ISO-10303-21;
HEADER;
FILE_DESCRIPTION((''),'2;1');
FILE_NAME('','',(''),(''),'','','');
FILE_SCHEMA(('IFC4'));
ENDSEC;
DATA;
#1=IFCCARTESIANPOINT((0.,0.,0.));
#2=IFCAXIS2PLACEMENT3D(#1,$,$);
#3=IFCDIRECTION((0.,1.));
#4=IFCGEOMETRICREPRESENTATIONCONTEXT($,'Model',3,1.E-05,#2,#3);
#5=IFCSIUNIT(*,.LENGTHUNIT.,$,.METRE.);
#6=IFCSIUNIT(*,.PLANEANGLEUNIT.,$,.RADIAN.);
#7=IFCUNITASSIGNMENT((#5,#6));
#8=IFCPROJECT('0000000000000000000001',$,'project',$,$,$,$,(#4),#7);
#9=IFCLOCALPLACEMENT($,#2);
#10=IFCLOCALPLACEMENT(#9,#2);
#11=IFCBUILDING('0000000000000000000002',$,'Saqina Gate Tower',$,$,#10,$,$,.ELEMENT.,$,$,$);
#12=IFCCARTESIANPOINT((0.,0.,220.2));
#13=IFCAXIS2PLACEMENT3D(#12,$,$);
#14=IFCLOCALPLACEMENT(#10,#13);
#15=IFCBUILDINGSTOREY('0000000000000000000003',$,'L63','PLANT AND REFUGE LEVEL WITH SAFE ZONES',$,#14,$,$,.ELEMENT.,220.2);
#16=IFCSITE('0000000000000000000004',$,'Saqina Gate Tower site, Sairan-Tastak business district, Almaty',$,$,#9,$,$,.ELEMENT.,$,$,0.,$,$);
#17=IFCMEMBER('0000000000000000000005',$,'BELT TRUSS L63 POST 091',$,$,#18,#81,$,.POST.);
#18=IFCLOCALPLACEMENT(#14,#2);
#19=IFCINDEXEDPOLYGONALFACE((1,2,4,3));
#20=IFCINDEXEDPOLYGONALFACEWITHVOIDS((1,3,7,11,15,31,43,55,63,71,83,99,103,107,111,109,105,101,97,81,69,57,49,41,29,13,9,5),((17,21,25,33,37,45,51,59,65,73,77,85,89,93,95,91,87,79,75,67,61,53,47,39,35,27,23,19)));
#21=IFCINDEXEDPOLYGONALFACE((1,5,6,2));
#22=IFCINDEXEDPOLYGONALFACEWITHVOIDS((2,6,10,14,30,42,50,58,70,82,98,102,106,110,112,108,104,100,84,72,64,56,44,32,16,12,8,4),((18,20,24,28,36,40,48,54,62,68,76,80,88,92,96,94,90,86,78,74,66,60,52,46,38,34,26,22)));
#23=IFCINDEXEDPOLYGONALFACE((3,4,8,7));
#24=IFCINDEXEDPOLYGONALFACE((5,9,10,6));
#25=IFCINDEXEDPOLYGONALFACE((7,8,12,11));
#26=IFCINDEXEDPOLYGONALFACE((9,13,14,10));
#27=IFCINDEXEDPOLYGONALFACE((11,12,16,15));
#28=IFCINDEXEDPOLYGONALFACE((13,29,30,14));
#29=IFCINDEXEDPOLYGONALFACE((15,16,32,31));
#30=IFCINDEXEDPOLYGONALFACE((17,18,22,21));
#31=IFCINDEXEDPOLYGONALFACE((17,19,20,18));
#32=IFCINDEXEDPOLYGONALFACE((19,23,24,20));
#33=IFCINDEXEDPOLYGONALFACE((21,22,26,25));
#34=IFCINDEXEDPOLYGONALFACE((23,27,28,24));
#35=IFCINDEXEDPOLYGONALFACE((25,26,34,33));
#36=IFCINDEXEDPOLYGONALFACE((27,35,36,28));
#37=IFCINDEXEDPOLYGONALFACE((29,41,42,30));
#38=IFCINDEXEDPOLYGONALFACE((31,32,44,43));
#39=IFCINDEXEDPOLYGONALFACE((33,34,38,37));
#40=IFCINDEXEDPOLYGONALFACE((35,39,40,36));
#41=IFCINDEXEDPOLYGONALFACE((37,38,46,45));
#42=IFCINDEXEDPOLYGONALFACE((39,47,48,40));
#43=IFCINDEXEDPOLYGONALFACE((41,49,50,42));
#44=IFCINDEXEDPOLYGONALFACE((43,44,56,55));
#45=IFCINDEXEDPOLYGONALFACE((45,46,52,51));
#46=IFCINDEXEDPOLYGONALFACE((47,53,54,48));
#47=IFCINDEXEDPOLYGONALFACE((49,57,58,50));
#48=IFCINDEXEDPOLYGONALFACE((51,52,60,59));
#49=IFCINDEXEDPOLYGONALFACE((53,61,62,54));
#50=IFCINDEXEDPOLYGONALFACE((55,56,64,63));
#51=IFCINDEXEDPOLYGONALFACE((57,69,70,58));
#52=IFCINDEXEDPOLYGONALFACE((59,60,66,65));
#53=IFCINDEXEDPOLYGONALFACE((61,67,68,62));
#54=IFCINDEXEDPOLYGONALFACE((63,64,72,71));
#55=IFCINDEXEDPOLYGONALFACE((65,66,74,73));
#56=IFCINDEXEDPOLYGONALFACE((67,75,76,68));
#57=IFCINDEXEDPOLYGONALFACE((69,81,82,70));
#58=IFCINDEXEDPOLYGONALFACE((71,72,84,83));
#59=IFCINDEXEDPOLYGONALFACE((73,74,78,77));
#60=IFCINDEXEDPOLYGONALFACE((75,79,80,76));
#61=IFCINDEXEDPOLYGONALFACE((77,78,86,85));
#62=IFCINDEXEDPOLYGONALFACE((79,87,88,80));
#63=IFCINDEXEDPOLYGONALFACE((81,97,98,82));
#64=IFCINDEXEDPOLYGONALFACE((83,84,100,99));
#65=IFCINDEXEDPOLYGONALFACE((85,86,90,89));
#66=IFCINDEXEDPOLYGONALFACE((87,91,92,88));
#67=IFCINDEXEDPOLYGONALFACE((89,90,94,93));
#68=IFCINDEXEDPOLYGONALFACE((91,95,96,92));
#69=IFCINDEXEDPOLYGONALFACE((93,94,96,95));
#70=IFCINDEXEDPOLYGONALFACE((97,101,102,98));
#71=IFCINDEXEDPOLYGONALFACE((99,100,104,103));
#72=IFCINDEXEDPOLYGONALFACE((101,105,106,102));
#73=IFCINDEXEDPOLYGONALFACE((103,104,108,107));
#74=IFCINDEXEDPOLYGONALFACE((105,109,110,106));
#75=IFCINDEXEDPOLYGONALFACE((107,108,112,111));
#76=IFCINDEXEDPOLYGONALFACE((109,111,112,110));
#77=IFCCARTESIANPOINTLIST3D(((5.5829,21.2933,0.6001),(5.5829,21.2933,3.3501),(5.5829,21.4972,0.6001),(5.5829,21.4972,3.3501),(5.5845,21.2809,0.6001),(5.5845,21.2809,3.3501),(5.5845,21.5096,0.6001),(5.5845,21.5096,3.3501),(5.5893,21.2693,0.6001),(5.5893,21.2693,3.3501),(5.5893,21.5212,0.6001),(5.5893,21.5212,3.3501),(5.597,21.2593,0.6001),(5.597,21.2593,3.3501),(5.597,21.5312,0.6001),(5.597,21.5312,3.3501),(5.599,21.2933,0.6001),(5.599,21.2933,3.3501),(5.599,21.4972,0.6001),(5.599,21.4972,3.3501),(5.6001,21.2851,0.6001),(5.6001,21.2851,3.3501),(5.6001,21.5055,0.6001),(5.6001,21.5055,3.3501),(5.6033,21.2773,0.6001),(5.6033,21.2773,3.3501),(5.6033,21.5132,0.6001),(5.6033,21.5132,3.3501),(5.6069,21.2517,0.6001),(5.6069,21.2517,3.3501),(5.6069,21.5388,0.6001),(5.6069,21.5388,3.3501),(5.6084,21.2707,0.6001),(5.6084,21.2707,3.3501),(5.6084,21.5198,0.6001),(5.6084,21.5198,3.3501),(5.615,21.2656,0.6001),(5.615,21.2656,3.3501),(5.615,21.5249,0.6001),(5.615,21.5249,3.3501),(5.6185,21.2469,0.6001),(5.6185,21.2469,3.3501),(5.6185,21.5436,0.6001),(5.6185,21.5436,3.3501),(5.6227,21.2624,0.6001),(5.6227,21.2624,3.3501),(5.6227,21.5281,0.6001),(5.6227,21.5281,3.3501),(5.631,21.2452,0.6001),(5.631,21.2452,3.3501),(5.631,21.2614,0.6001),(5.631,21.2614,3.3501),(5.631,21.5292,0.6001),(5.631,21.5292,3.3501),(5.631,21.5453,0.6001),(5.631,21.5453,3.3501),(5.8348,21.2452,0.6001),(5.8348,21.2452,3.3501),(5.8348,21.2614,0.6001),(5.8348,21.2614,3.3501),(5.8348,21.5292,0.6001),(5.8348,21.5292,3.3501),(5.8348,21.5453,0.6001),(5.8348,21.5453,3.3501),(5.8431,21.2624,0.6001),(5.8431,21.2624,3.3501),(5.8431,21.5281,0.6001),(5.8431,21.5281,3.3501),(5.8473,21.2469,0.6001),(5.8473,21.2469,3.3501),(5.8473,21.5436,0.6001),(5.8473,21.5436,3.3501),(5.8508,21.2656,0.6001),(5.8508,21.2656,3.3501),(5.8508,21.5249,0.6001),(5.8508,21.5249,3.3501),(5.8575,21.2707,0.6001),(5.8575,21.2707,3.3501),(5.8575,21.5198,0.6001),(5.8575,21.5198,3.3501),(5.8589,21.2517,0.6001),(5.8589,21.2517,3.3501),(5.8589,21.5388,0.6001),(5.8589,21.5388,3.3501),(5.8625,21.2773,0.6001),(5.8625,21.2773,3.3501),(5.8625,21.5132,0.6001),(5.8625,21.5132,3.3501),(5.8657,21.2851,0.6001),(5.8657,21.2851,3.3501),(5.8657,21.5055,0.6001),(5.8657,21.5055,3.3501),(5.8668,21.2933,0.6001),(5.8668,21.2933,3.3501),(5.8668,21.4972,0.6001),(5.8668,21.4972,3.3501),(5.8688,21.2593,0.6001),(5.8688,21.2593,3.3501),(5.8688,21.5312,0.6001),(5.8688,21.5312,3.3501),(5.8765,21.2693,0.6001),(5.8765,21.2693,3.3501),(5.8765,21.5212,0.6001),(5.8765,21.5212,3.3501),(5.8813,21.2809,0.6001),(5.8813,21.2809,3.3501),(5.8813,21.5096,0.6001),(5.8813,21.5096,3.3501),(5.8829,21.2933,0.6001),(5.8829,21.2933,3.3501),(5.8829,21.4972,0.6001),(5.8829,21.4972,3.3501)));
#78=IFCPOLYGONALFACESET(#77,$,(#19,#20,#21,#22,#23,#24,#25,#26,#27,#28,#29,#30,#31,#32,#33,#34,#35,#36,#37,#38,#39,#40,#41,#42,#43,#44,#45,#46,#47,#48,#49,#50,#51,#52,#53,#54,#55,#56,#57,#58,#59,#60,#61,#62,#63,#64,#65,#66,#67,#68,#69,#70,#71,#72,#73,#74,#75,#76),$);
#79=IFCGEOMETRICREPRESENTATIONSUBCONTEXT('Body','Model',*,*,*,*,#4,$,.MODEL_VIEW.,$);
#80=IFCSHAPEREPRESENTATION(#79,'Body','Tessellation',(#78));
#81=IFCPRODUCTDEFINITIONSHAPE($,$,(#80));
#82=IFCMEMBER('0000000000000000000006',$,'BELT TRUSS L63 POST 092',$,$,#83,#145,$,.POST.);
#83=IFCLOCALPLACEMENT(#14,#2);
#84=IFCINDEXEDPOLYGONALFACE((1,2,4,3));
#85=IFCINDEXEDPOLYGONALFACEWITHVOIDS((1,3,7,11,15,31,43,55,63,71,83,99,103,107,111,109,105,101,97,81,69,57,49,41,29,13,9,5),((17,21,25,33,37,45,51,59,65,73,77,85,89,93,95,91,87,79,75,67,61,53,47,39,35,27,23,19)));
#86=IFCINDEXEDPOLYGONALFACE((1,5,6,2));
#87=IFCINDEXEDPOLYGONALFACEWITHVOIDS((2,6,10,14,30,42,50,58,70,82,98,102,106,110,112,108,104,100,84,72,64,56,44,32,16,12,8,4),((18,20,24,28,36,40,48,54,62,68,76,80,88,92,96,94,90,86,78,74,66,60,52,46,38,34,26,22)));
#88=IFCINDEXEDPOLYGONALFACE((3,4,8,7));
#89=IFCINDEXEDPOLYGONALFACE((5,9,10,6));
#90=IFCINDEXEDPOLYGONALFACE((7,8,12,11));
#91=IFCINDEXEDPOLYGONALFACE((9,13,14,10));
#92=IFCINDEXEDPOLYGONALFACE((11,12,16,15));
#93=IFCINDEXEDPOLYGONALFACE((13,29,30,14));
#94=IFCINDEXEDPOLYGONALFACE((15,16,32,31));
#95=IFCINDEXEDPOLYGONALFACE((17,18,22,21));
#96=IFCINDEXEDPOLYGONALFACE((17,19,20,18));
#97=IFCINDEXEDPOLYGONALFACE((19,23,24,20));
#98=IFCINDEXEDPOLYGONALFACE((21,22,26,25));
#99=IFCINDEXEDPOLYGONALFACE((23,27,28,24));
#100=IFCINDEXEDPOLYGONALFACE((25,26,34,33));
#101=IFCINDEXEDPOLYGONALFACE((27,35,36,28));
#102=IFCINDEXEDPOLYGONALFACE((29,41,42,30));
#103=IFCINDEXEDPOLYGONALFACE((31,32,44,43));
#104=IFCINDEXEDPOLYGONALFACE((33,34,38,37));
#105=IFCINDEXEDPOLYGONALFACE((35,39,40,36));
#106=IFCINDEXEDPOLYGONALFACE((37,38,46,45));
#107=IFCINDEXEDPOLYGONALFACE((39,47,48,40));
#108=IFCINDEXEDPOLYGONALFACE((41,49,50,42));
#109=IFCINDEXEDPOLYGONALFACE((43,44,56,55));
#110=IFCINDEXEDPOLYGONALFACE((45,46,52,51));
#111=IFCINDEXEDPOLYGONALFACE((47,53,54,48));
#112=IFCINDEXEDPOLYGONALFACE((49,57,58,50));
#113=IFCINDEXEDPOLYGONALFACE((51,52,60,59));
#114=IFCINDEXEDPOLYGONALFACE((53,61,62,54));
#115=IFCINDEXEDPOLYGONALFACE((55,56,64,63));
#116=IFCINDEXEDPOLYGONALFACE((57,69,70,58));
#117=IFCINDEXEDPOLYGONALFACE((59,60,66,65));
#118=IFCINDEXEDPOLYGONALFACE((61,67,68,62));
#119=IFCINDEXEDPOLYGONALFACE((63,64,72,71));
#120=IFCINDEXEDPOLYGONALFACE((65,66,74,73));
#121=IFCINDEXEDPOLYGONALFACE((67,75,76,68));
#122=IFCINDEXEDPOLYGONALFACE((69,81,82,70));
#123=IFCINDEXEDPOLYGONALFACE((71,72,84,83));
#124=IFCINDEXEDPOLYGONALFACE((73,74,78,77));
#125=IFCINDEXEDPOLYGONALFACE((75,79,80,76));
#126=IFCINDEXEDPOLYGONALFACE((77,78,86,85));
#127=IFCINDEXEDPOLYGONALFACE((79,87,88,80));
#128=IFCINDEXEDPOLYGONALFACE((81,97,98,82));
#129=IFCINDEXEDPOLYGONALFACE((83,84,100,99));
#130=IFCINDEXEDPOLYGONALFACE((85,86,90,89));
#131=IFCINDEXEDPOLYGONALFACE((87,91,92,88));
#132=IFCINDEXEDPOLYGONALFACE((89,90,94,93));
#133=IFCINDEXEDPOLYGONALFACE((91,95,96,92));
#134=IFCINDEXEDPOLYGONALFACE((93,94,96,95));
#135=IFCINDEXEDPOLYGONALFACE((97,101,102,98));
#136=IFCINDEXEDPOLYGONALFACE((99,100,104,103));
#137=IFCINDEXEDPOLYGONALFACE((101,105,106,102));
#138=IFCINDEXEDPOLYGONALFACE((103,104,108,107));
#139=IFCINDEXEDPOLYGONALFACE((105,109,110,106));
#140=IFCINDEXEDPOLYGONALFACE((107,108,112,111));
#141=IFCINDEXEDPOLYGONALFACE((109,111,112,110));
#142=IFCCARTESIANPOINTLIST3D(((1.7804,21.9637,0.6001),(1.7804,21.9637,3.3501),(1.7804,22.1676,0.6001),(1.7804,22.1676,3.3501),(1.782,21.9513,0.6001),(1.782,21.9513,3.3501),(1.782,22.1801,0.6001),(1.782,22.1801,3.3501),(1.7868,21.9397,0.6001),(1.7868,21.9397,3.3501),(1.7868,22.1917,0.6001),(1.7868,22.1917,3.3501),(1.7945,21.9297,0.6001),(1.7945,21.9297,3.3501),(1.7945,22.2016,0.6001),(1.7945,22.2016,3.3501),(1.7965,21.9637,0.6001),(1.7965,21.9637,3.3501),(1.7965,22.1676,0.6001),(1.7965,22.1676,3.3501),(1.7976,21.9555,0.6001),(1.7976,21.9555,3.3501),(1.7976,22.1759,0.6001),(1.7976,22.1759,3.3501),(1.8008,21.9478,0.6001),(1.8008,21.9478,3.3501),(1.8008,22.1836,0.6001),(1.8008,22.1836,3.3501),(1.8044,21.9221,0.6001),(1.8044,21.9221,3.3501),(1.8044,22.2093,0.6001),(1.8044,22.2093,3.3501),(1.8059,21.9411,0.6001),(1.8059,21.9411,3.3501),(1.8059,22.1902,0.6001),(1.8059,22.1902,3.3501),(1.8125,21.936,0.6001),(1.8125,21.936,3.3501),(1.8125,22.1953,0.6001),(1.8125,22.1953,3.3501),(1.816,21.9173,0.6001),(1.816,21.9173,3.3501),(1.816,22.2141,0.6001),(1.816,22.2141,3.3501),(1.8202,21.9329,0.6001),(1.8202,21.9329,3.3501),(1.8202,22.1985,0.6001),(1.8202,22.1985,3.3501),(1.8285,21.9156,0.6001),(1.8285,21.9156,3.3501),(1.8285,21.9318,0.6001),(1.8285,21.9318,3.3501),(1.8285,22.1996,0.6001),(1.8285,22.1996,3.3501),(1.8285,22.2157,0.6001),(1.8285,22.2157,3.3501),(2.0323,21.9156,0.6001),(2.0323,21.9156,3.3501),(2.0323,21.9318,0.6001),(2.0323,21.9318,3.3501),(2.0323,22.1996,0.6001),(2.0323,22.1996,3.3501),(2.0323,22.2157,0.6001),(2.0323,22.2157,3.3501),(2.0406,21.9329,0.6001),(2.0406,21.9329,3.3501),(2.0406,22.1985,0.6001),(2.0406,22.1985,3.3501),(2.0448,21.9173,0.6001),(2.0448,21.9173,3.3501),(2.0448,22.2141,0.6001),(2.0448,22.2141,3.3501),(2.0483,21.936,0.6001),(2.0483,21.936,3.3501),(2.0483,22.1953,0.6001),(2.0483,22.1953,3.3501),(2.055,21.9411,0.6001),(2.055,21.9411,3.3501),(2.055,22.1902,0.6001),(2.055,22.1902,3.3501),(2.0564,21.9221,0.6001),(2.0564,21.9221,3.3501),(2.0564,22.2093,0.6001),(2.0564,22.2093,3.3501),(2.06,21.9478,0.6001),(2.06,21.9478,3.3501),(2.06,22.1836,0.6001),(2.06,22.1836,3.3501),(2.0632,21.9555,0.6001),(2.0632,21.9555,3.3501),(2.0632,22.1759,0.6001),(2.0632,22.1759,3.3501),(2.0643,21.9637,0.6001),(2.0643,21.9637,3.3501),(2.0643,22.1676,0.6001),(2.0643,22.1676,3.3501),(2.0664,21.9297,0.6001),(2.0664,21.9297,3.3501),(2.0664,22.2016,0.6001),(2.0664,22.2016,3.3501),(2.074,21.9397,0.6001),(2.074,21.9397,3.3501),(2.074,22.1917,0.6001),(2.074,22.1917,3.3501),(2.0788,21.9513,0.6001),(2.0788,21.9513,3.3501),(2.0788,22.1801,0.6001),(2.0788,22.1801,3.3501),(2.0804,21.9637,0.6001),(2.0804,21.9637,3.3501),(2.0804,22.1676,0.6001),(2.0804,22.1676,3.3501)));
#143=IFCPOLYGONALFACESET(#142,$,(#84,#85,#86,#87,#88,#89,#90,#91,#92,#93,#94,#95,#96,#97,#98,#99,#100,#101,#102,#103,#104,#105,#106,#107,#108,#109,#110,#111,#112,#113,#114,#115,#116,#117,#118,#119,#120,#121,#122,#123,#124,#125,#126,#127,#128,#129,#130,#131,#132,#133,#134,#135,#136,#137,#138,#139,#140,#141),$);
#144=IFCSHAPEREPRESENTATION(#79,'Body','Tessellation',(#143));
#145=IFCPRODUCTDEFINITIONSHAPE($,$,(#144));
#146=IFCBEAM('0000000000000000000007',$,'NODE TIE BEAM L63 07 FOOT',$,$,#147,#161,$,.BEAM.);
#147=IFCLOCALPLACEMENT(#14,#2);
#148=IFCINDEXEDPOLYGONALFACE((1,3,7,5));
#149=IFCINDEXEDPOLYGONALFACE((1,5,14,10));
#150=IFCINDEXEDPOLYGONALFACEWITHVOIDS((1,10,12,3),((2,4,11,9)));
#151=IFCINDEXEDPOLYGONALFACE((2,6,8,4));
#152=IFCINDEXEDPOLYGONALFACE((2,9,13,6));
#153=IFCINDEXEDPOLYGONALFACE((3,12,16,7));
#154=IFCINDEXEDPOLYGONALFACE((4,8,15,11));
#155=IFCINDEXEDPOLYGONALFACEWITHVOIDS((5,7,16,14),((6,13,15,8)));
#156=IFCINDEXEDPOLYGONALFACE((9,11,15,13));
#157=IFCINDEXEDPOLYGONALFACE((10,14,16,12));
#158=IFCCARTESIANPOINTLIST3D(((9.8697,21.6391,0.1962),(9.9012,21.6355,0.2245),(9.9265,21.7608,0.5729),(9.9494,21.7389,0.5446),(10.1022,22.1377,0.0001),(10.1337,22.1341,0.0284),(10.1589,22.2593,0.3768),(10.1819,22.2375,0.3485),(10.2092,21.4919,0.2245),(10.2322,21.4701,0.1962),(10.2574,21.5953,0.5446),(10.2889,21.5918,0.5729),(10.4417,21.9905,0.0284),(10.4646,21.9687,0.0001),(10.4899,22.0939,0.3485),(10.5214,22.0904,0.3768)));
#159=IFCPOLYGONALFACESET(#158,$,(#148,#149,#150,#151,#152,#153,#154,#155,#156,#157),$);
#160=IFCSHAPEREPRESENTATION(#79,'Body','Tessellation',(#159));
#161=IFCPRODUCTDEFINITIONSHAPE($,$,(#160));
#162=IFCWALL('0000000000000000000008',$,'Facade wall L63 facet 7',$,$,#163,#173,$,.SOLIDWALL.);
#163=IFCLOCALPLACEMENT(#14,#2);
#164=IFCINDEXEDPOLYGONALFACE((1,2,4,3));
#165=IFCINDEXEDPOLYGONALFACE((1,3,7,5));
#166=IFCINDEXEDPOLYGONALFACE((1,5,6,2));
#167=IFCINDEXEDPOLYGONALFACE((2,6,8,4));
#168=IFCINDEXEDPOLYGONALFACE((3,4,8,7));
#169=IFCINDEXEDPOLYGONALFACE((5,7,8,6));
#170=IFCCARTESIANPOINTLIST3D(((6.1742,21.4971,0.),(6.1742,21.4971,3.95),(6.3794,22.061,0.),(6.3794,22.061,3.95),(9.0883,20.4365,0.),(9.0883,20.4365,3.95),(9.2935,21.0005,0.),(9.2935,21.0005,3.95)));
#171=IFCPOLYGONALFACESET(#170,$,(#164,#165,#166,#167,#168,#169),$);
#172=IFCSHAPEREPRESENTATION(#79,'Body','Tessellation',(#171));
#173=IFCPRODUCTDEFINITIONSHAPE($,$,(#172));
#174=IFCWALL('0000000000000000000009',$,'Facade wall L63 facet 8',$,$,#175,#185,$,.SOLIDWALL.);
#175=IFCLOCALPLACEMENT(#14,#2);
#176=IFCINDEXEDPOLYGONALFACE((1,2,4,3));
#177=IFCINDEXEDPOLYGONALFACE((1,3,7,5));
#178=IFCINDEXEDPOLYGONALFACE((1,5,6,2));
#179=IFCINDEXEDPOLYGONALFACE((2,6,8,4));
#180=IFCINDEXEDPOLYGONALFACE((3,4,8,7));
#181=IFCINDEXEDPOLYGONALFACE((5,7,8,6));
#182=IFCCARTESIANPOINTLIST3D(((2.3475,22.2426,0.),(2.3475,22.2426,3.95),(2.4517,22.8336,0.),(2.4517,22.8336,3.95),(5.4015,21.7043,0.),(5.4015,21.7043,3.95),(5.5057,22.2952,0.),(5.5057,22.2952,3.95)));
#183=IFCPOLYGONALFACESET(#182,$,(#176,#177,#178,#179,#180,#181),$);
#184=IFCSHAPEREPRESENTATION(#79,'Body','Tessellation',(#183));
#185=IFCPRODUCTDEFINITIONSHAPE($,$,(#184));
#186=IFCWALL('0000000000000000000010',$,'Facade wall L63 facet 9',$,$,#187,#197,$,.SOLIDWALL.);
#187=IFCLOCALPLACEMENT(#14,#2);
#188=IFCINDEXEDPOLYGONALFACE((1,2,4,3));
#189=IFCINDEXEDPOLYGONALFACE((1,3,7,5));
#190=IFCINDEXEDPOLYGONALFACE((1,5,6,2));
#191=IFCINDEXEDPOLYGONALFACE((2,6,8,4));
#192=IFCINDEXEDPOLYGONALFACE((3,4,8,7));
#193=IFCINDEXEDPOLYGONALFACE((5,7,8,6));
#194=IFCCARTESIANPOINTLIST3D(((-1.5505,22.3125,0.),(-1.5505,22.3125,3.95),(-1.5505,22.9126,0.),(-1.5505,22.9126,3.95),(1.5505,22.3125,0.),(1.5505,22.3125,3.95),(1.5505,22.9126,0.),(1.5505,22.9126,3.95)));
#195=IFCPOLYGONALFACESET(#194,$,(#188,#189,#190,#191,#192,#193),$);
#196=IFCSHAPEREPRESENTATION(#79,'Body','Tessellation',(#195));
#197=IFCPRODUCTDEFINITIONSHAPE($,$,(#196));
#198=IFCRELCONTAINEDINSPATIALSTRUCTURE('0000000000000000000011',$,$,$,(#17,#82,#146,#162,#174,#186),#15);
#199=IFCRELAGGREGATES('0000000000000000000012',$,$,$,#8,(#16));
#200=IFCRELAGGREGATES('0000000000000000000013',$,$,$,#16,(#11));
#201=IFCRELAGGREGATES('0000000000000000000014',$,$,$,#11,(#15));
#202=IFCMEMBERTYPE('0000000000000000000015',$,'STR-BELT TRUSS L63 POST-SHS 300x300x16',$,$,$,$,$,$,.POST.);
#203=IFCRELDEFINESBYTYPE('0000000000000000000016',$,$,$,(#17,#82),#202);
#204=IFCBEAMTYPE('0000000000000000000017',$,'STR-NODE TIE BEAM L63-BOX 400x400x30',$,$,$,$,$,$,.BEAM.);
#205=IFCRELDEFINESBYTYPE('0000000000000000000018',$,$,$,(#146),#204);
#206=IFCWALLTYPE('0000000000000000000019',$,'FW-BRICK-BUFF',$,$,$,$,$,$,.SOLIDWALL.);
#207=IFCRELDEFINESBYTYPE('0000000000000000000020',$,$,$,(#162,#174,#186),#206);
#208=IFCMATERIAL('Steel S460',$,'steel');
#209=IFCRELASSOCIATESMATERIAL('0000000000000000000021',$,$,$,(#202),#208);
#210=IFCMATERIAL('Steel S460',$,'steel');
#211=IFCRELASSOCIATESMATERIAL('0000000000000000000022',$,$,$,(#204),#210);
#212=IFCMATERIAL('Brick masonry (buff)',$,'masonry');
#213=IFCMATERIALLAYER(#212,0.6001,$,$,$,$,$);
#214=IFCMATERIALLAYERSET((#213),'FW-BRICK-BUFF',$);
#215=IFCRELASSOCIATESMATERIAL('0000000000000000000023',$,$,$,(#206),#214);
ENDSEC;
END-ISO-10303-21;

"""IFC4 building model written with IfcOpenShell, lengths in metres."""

from ifc_helpers import new_model, si_unit, direction, frame, frame_2d, origin, origin_2d, place, context, subcontext, project, spatial, rectangle, hollow_rectangle, extrude, material, layer, layer_set, material_profile, profile_set, type_object, element, save


model = new_model("IFC4")

# Units and contexts
model_context = context("Model", 3, precision=1e-05, world=origin(), true_north=direction((0.0, 1.0)))
body_context = subcontext(model_context, "Body", "Model", "MODEL_VIEW")
ifc_project = project(units=[si_unit("LENGTHUNIT", "METRE"), si_unit("PLANEANGLEUNIT", "RADIAN")], contexts=[model_context])

# Site, building, storey
site_placement = place(None, origin())
site = spatial("IfcSite", under=ifc_project, at=site_placement, Name="Saqina Gate Tower site, Sairan-Tastak business district, Almaty", CompositionType="ELEMENT", RefElevation=0.0)
building_placement = place(site_placement, origin())
building = spatial("IfcBuilding", under=site, at=building_placement, Name="Saqina Gate Tower", CompositionType="ELEMENT")
storey_placement = place(building_placement, frame((0.0, 0.0, 220.2)))
storey = spatial("IfcBuildingStorey", under=building, at=storey_placement, Name="L63", Description="PLANT AND REFUGE LEVEL WITH SAFE ZONES", CompositionType="ELEMENT", Elevation=220.2)

# Members
ifc_material_1 = material(Name="Steel S460", Category="steel")
ifc_material_profile_1 = material_profile(ifc_material_1, hollow_rectangle(XDim=0.3, YDim=0.3, WallThickness=0.0161, InnerFilletRadius=0.032, OuterFilletRadius=0.0481, at=origin_2d()), Name="SHS 300x300x16")
ifc_profile_set_1 = profile_set([ifc_material_profile_1], Name="Steel S460")
member_type_1 = type_object("IfcMemberType", Name="STR-BELT TRUSS L63 POST-SHS 300x300x16", PredefinedType="POST", material=ifc_profile_set_1)
for number, where, z_axis, x_axis, name in (
    (1, (5.7329, 21.3953, 0.6001), (0.0, 0.0, 1.0), (1.0, 0.0, 0.0), "BELT TRUSS L63 POST 091"),
    (2, (1.9304, 22.0657, 0.6001), (0.0, 0.0, 1.0), (1.0, 0.0, 0.0), "BELT TRUSS L63 POST 092"),
):
    element("IfcMember", number, at=place(storey_placement, frame(where, z_axis=z_axis, x_axis=x_axis)), inside=storey, type_object=member_type_1, Name=name, PredefinedType="POST", context=body_context, shape_type="SweptSolid", body=[
        extrude(hollow_rectangle(XDim=0.3, YDim=0.3, WallThickness=0.0161, InnerFilletRadius=0.032, OuterFilletRadius=0.0481, at=origin_2d()), origin(), (0.0, 0.0, 1.0), 2.75),
    ])

# Beam
ifc_material_2 = material(Name="Steel S460", Category="steel")
ifc_material_profile_2 = material_profile(ifc_material_2, hollow_rectangle(XDim=0.3999, YDim=0.3999, WallThickness=0.03, at=origin_2d()), Name="BOX 400x400x30")
ifc_profile_set_2 = profile_set([ifc_material_profile_2], Name="Steel S460")
beam_type = type_object("IfcBeamType", Name="STR-NODE TIE BEAM L63-BOX 400x400x30", PredefinedType="BEAM", material=ifc_profile_set_2)
beam_placement = place(storey_placement, frame((10.3118, 22.114, 0.1885), z_axis=(-0.398021, -0.853738, 0.335725), x_axis=(0.906342, -0.422545, 0.0)))
element("IfcBeam", 3, at=beam_placement, inside=storey, type_object=beam_type, Name="NODE TIE BEAM L63 07 FOOT", PredefinedType="BEAM", context=body_context, shape_type="SweptSolid", body=[
    extrude(hollow_rectangle(XDim=0.3999, YDim=0.3999, WallThickness=0.03, at=origin_2d()), origin(), (0.0, 0.0, 1.0), 0.584),
])

# Walls
ifc_material_3 = material(Name="Brick masonry (buff)", Category="masonry")
ifc_layer_1 = layer(ifc_material_3, 0.6001)
ifc_layer_set_1 = layer_set([ifc_layer_1], Name="FW-BRICK-BUFF")
wall_type_1 = type_object("IfcWallType", Name="FW-BRICK-BUFF", PredefinedType="SOLIDWALL", material=ifc_layer_set_1)
for number, where, z_axis, x_axis, name in (
    (4, (9.1909, 20.7185, 0.0), (0.0, 0.0, 1.0), (-0.939701, 0.341996, 0.0), "Facade wall L63 facet 7"),
    (5, (5.4536, 21.9998, 0.0), (0.0, 0.0, 1.0), (-0.984817, 0.173597, 0.0), "Facade wall L63 facet 8"),
    (6, (1.5505, 22.6125, 0.0), (0.0, 0.0, 1.0), (-1.0, 0.0, 0.0), "Facade wall L63 facet 9"),
):
    element("IfcWall", number, at=place(storey_placement, frame(where, z_axis=z_axis, x_axis=x_axis)), inside=storey, type_object=wall_type_1, Name=name, PredefinedType="SOLIDWALL", context=body_context, shape_type="SweptSolid", body=[
        extrude(rectangle(XDim=3.1011, YDim=0.6001, at=frame_2d((1.5505, 0.0))), origin(), (0.0, 0.0, 1.0), 3.95),
    ])

save(model, "model.ifc")
